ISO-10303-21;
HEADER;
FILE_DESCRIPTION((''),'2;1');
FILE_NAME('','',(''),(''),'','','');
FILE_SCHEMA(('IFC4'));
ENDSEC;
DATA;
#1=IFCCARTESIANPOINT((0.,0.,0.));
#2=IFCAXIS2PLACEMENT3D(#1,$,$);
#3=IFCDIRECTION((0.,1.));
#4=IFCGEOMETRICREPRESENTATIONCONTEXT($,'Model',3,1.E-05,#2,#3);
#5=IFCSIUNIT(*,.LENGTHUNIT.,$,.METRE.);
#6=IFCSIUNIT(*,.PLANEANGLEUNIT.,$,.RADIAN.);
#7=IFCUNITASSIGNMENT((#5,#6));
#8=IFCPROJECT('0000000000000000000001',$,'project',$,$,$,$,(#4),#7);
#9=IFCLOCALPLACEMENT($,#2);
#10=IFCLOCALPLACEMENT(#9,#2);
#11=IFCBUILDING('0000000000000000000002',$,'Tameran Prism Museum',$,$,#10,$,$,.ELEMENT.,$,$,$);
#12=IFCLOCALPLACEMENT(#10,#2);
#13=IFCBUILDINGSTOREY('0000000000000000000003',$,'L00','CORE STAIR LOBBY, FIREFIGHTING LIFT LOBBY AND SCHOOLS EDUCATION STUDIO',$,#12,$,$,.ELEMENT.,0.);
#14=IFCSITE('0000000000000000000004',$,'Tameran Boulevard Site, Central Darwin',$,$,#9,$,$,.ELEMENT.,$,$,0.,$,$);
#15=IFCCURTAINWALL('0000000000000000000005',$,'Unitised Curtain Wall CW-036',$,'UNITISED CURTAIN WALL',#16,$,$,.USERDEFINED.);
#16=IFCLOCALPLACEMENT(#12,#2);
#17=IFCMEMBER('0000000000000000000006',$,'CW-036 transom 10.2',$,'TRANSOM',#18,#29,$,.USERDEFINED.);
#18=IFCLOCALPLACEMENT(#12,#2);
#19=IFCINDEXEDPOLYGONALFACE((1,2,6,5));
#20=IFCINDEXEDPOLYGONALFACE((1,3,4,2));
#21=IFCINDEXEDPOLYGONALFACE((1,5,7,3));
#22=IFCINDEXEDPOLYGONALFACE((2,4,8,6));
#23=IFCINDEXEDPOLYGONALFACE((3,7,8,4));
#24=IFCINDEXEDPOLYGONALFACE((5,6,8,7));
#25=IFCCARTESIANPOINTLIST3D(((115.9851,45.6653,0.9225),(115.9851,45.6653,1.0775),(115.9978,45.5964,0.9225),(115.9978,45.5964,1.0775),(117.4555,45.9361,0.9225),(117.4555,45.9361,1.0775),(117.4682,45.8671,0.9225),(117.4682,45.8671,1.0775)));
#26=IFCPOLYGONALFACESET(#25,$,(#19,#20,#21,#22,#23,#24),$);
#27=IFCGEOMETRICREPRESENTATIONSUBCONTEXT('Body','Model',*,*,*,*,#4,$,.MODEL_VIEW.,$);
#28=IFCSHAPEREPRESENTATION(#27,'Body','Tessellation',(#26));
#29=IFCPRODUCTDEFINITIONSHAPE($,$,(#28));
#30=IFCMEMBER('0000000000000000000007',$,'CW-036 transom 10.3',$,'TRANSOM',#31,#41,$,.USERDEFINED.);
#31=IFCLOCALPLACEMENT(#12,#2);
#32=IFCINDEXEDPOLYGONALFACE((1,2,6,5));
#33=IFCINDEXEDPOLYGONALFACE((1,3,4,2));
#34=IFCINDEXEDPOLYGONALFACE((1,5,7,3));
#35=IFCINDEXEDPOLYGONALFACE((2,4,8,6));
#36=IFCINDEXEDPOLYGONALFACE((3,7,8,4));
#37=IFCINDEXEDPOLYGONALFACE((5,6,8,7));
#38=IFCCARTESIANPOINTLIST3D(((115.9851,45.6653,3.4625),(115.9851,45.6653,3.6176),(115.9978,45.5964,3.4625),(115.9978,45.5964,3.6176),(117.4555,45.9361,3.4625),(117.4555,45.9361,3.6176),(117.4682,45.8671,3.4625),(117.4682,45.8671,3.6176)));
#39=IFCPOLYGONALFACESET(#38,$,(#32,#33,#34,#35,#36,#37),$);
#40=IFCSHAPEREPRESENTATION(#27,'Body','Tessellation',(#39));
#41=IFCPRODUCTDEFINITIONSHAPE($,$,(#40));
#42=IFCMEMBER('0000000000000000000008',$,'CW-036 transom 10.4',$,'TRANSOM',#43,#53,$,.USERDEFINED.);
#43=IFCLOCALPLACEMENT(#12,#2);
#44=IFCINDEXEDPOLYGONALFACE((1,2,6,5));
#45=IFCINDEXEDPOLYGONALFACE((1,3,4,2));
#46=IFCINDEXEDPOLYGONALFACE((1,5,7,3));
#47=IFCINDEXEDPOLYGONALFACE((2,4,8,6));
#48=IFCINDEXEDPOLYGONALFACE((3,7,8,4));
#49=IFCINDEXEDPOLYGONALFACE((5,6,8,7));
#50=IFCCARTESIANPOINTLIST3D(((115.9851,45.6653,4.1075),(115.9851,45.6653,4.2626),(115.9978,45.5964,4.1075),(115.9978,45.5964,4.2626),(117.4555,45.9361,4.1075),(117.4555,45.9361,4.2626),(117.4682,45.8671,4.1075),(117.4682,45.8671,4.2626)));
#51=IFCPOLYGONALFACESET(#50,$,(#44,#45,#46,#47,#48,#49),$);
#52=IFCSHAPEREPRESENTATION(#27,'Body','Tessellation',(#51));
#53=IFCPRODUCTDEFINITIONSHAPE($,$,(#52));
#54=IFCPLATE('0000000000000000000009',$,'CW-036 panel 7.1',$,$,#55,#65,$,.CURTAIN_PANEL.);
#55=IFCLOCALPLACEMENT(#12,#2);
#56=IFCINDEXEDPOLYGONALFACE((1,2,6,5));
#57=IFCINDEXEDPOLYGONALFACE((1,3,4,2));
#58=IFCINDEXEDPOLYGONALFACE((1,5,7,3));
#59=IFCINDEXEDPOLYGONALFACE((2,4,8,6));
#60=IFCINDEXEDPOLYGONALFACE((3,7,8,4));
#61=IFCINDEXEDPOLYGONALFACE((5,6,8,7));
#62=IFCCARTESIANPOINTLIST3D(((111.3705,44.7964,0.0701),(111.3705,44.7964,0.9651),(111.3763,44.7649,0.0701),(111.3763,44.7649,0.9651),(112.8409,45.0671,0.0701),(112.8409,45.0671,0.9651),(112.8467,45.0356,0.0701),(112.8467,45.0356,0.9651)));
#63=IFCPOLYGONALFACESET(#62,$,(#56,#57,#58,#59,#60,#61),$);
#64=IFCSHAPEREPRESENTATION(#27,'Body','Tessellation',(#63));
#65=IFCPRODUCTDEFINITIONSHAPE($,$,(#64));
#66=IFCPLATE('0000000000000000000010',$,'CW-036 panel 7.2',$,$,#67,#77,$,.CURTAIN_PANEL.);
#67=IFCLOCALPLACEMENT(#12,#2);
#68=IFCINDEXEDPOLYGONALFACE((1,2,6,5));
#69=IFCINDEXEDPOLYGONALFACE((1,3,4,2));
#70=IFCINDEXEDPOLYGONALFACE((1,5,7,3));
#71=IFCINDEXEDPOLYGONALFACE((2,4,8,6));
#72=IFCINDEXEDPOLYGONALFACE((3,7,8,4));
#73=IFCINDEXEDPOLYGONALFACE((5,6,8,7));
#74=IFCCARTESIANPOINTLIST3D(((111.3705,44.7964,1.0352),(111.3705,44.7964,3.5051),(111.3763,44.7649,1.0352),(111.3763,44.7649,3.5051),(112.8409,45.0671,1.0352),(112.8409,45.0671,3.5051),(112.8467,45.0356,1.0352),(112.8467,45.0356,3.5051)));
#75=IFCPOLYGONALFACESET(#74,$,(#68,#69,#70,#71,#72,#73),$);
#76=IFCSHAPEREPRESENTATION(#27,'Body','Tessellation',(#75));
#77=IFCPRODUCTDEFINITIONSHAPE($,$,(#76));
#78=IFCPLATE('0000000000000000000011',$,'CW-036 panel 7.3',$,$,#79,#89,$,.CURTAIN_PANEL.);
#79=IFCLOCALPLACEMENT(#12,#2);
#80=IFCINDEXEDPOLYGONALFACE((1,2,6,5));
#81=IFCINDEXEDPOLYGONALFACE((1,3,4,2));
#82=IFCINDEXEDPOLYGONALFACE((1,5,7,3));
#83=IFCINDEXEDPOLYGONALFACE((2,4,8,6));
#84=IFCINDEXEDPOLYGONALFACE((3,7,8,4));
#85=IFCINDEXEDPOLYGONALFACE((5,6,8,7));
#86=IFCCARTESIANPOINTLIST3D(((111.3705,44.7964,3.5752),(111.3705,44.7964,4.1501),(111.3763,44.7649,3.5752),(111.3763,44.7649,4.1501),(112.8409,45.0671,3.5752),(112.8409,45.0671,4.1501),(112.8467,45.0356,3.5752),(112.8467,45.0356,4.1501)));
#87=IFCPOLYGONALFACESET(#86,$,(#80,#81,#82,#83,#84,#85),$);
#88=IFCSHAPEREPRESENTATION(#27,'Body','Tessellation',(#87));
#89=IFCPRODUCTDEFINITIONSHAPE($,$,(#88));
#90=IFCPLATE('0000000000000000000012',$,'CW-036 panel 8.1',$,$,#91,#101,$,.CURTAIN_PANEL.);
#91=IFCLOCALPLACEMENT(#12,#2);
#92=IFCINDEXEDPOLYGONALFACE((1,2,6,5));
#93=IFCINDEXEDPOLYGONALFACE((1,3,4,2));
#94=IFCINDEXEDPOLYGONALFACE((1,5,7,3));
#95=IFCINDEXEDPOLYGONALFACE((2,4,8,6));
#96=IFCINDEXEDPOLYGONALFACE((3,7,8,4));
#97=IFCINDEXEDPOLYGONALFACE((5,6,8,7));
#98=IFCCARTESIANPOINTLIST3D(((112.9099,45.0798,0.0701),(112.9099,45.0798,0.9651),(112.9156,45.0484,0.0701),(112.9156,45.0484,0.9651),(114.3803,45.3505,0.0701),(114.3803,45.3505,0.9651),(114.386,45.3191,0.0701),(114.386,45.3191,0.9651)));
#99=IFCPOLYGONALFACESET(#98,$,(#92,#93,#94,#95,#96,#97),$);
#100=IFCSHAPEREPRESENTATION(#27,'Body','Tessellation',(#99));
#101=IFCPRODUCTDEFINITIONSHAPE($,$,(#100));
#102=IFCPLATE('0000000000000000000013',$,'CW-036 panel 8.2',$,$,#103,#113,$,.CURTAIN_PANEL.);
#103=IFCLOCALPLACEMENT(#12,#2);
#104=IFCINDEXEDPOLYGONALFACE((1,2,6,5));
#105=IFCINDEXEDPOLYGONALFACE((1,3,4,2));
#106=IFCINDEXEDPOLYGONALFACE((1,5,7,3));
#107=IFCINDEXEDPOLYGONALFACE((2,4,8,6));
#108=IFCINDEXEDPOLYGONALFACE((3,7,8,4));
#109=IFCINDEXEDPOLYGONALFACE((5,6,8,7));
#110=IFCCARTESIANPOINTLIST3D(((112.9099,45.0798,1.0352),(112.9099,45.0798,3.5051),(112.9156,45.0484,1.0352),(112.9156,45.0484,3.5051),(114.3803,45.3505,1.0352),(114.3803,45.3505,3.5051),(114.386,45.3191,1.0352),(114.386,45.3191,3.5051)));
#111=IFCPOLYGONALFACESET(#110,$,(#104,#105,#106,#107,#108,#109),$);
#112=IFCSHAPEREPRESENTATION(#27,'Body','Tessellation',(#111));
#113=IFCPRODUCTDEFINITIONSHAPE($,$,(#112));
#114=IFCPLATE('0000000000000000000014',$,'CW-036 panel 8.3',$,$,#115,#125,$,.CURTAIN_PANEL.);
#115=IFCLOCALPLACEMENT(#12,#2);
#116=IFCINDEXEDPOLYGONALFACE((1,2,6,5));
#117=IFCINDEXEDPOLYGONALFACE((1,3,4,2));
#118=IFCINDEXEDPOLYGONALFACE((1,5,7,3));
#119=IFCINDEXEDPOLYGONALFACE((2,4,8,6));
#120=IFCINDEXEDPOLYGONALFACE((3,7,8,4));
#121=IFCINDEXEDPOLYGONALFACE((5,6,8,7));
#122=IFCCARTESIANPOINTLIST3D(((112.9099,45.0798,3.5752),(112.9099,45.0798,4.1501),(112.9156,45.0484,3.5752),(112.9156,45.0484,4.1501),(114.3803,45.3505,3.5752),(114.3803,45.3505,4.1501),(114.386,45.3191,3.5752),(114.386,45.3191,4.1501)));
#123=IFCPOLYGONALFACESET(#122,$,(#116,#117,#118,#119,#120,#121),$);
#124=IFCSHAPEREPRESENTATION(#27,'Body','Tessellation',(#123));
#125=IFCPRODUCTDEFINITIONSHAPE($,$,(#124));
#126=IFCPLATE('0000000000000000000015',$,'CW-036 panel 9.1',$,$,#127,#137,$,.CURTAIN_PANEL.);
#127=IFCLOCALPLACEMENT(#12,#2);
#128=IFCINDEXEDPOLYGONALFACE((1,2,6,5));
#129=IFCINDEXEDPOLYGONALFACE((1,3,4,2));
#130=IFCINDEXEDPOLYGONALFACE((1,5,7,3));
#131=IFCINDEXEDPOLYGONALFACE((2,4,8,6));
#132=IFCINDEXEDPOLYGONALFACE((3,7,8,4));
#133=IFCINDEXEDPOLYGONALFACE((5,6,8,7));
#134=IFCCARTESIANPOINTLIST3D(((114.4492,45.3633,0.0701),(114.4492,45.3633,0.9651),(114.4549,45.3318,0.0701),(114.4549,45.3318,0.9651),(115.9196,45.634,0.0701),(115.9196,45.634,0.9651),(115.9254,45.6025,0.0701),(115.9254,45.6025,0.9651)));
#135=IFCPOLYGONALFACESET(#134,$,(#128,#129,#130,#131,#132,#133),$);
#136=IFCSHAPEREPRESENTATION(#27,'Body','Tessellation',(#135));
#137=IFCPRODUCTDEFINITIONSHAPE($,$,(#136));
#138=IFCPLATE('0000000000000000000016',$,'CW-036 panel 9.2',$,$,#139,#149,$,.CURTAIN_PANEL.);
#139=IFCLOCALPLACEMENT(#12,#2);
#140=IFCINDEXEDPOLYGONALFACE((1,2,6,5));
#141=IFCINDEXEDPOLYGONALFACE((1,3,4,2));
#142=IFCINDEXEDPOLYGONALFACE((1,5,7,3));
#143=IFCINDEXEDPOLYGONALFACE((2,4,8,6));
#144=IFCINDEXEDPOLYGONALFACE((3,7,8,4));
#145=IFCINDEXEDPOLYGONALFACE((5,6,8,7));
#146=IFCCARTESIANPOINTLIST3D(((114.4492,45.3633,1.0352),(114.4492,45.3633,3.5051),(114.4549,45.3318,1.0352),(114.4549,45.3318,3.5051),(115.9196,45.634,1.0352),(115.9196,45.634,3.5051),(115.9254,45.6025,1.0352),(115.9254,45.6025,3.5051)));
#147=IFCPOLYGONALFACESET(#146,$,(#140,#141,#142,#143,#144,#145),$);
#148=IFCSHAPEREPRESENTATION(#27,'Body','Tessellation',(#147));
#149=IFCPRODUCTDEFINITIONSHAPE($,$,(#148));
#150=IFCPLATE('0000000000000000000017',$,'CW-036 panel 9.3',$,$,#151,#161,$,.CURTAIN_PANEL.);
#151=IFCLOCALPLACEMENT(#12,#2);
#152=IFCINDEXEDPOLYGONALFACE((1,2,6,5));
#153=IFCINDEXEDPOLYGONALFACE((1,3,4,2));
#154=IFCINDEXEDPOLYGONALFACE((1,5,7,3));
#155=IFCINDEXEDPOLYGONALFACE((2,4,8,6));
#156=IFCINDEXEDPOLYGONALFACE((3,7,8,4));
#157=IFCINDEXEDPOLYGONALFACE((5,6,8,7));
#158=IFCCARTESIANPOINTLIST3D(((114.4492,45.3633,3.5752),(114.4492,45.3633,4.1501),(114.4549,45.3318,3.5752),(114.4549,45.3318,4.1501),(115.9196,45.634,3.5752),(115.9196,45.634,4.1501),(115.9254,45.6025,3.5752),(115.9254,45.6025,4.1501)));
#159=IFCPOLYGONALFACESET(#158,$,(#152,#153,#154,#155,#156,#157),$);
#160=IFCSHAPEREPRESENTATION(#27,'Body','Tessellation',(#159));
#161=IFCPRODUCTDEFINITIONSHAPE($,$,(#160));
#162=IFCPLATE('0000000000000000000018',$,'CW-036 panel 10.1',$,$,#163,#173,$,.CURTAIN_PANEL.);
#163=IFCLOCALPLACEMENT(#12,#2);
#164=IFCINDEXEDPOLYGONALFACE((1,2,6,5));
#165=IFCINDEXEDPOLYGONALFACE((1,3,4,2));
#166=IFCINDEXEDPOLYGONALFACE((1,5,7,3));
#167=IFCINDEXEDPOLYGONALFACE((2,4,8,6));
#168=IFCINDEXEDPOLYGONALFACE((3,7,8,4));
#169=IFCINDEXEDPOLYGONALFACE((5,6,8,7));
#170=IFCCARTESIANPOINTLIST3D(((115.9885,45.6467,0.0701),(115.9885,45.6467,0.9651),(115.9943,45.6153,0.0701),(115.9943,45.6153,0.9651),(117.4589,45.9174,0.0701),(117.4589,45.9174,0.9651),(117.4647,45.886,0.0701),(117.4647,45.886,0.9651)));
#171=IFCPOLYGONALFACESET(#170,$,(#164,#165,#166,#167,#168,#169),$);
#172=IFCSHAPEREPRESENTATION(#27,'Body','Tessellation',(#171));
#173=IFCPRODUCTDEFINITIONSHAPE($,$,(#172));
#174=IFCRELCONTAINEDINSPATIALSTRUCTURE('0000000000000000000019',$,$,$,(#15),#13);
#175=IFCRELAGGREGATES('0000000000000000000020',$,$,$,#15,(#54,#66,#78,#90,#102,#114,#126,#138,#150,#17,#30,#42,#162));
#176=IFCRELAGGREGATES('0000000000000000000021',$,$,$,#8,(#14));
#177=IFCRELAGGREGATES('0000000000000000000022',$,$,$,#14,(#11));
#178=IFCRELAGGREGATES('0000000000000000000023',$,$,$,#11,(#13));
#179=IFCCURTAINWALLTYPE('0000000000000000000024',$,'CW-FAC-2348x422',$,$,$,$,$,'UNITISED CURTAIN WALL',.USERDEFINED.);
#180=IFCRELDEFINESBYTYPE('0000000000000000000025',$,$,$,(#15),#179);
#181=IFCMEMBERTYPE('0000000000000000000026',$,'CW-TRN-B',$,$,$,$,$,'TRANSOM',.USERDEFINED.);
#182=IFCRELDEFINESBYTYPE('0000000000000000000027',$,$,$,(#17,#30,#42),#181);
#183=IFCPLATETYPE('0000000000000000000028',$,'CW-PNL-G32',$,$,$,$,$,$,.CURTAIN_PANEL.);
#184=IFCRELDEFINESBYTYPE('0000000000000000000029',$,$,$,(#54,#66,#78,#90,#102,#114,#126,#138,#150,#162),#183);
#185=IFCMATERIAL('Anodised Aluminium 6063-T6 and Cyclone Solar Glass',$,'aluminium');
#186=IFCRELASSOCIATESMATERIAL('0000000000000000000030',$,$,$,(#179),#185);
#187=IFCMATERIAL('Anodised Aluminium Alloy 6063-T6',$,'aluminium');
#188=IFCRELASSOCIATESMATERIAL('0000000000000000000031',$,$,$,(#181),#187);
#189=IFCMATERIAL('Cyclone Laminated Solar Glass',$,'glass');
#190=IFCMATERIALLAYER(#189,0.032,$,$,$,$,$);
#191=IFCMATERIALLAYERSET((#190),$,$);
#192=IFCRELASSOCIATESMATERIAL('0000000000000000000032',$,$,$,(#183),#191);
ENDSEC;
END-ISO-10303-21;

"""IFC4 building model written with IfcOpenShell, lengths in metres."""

from ifc_helpers import new_model, si_unit, direction, frame, origin, origin_2d, place, context, subcontext, project, spatial, rectangle, extrude, material, layer, layer_set, material_profile, profile_set, type_object, element, aggregate, save


model = new_model("IFC4")

# Units and contexts
model_context = context("Model", 3, precision=1e-05, world=origin(), true_north=direction((0.0, 1.0)))
body_context = subcontext(model_context, "Body", "Model", "MODEL_VIEW")
ifc_project = project(units=[si_unit("LENGTHUNIT", "METRE"), si_unit("PLANEANGLEUNIT", "RADIAN")], contexts=[model_context])

# Site, building, storey
site_placement = place(None, origin())
site = spatial("IfcSite", under=ifc_project, at=site_placement, Name="Tameran Boulevard Site, Central Darwin", CompositionType="ELEMENT", RefElevation=0.0)
building_placement = place(site_placement, origin())
building = spatial("IfcBuilding", under=site, at=building_placement, Name="Tameran Prism Museum", CompositionType="ELEMENT")
storey_placement = place(building_placement, origin())
storey = spatial("IfcBuildingStorey", under=building, at=storey_placement, Name="L00", Description="CORE STAIR LOBBY, FIREFIGHTING LIFT LOBBY AND SCHOOLS EDUCATION STUDIO", CompositionType="ELEMENT", Elevation=0.0)

# Curtain wall, members, plates
ifc_material_1 = material(Name="Anodised Aluminium 6063-T6 and Cyclone Solar Glass", Category="aluminium")
curtain_wall_type = type_object("IfcCurtainWallType", Name="CW-FAC-2348x422", ElementType="UNITISED CURTAIN WALL", PredefinedType="USERDEFINED", material=ifc_material_1)
curtain_wall_placement = place(storey_placement, origin())
curtain_wall = element("IfcCurtainWall", 1, at=curtain_wall_placement, inside=storey, type_object=curtain_wall_type, Name="Unitised Curtain Wall CW-036", ObjectType="UNITISED CURTAIN WALL", PredefinedType="USERDEFINED")
ifc_material_2 = material(Name="Anodised Aluminium Alloy 6063-T6", Category="aluminium")
ifc_material_profile_1 = material_profile(ifc_material_2, rectangle(XDim=0.0701, YDim=0.155, at=origin_2d()))
ifc_profile_set_1 = profile_set([ifc_material_profile_1])
member_type_1 = type_object("IfcMemberType", Name="CW-TRN-B", ElementType="TRANSOM", PredefinedType="USERDEFINED", material=ifc_profile_set_1)
member_1_placement = place(storey_placement, frame((115.9915, 45.6309, 1.0), z_axis=(0.983468, 0.181083, 0.0), x_axis=(-0.181083, 0.983468, 0.0)))
member_1 = element("IfcMember", 2, at=member_1_placement, type_object=member_type_1, Name="CW-036 transom 10.2", ObjectType="TRANSOM", PredefinedType="USERDEFINED", context=body_context, shape_type="SweptSolid", body=[
    extrude(rectangle(XDim=0.0701, YDim=0.155, at=origin_2d()), origin(), (0.0, 0.0, 1.0), 1.4951),
])
member_2_placement = place(storey_placement, frame((115.9915, 45.6309, 3.54), z_axis=(0.983468, 0.181083, 0.0), x_axis=(-0.181083, 0.983468, 0.0)))
member_2 = element("IfcMember", 3, at=member_2_placement, type_object=member_type_1, Name="CW-036 transom 10.3", ObjectType="TRANSOM", PredefinedType="USERDEFINED", context=body_context, shape_type="SweptSolid", body=[
    extrude(rectangle(XDim=0.0701, YDim=0.155, at=origin_2d()), origin(), (0.0, 0.0, 1.0), 1.4951),
])
member_3_placement = place(storey_placement, frame((115.9915, 45.6309, 4.1851), z_axis=(0.983468, 0.181083, 0.0), x_axis=(-0.181083, 0.983468, 0.0)))
member_3 = element("IfcMember", 4, at=member_3_placement, type_object=member_type_1, Name="CW-036 transom 10.4", ObjectType="TRANSOM", PredefinedType="USERDEFINED", context=body_context, shape_type="SweptSolid", body=[
    extrude(rectangle(XDim=0.0701, YDim=0.155, at=origin_2d()), origin(), (0.0, 0.0, 1.0), 1.4951),
])
ifc_material_3 = material(Name="Cyclone Laminated Solar Glass", Category="glass")
ifc_layer = layer(ifc_material_3, 0.032)
ifc_layer_set = layer_set([ifc_layer])
plate_type = type_object("IfcPlateType", Name="CW-PNL-G32", PredefinedType="CURTAIN_PANEL", material=ifc_layer_set)
plate_1_placement = place(storey_placement, frame((112.1086, 44.916, 0.0701), z_axis=(0.0, 0.0, 1.0), x_axis=(0.983472, 0.181063, 0.0)))
plate_1 = element("IfcPlate", 5, at=plate_1_placement, type_object=plate_type, Name="CW-036 panel 7.1", PredefinedType="CURTAIN_PANEL", context=body_context, shape_type="SweptSolid", body=[
    extrude(rectangle(XDim=1.4951, YDim=0.032, at=origin_2d()), origin(), (0.0, 0.0, 1.0), 0.895),
])
plate_2_placement = place(storey_placement, frame((112.1086, 44.916, 1.0352), z_axis=(0.0, 0.0, 1.0), x_axis=(0.983472, 0.181063, 0.0)))
plate_2 = element("IfcPlate", 6, at=plate_2_placement, type_object=plate_type, Name="CW-036 panel 7.2", PredefinedType="CURTAIN_PANEL", context=body_context, shape_type="SweptSolid", body=[
    extrude(rectangle(XDim=1.4951, YDim=0.032, at=origin_2d()), origin(), (0.0, 0.0, 1.0), 2.47),
])
plate_3_placement = place(storey_placement, frame((112.1086, 44.916, 3.5752), z_axis=(0.0, 0.0, 1.0), x_axis=(0.983472, 0.181063, 0.0)))
plate_3 = element("IfcPlate", 7, at=plate_3_placement, type_object=plate_type, Name="CW-036 panel 7.3", PredefinedType="CURTAIN_PANEL", context=body_context, shape_type="SweptSolid", body=[
    extrude(rectangle(XDim=1.4951, YDim=0.032, at=origin_2d()), origin(), (0.0, 0.0, 1.0), 0.575),
])
plate_4_placement = place(storey_placement, frame((113.6479, 45.1995, 0.0701), z_axis=(0.0, 0.0, 1.0), x_axis=(0.983472, 0.181063, 0.0)))
plate_4 = element("IfcPlate", 8, at=plate_4_placement, type_object=plate_type, Name="CW-036 panel 8.1", PredefinedType="CURTAIN_PANEL", context=body_context, shape_type="SweptSolid", body=[
    extrude(rectangle(XDim=1.4951, YDim=0.032, at=origin_2d()), origin(), (0.0, 0.0, 1.0), 0.895),
])
plate_5_placement = place(storey_placement, frame((113.6479, 45.1995, 1.0352), z_axis=(0.0, 0.0, 1.0), x_axis=(0.983472, 0.181063, 0.0)))
plate_5 = element("IfcPlate", 9, at=plate_5_placement, type_object=plate_type, Name="CW-036 panel 8.2", PredefinedType="CURTAIN_PANEL", context=body_context, shape_type="SweptSolid", body=[
    extrude(rectangle(XDim=1.4951, YDim=0.032, at=origin_2d()), origin(), (0.0, 0.0, 1.0), 2.47),
])
plate_6_placement = place(storey_placement, frame((113.6479, 45.1995, 3.5752), z_axis=(0.0, 0.0, 1.0), x_axis=(0.983472, 0.181063, 0.0)))
plate_6 = element("IfcPlate", 10, at=plate_6_placement, type_object=plate_type, Name="CW-036 panel 8.3", PredefinedType="CURTAIN_PANEL", context=body_context, shape_type="SweptSolid", body=[
    extrude(rectangle(XDim=1.4951, YDim=0.032, at=origin_2d()), origin(), (0.0, 0.0, 1.0), 0.575),
])
plate_7_placement = place(storey_placement, frame((115.1873, 45.4829, 0.0701), z_axis=(0.0, 0.0, 1.0), x_axis=(0.983472, 0.181063, 0.0)))
plate_7 = element("IfcPlate", 11, at=plate_7_placement, type_object=plate_type, Name="CW-036 panel 9.1", PredefinedType="CURTAIN_PANEL", context=body_context, shape_type="SweptSolid", body=[
    extrude(rectangle(XDim=1.4951, YDim=0.032, at=origin_2d()), origin(), (0.0, 0.0, 1.0), 0.895),
])
plate_8_placement = place(storey_placement, frame((115.1873, 45.4829, 1.0352), z_axis=(0.0, 0.0, 1.0), x_axis=(0.983472, 0.181063, 0.0)))
plate_8 = element("IfcPlate", 12, at=plate_8_placement, type_object=plate_type, Name="CW-036 panel 9.2", PredefinedType="CURTAIN_PANEL", context=body_context, shape_type="SweptSolid", body=[
    extrude(rectangle(XDim=1.4951, YDim=0.032, at=origin_2d()), origin(), (0.0, 0.0, 1.0), 2.47),
])
plate_9_placement = place(storey_placement, frame((115.1873, 45.4829, 3.5752), z_axis=(0.0, 0.0, 1.0), x_axis=(0.983472, 0.181063, 0.0)))
plate_9 = element("IfcPlate", 13, at=plate_9_placement, type_object=plate_type, Name="CW-036 panel 9.3", PredefinedType="CURTAIN_PANEL", context=body_context, shape_type="SweptSolid", body=[
    extrude(rectangle(XDim=1.4951, YDim=0.032, at=origin_2d()), origin(), (0.0, 0.0, 1.0), 0.575),
])
plate_10_placement = place(storey_placement, frame((116.7266, 45.7664, 0.0701), z_axis=(0.0, 0.0, 1.0), x_axis=(0.983472, 0.181063, 0.0)))
plate_10 = element("IfcPlate", 14, at=plate_10_placement, type_object=plate_type, Name="CW-036 panel 10.1", PredefinedType="CURTAIN_PANEL", context=body_context, shape_type="SweptSolid", body=[
    extrude(rectangle(XDim=1.4951, YDim=0.032, at=origin_2d()), origin(), (0.0, 0.0, 1.0), 0.895),
])
aggregate(curtain_wall, [plate_1, plate_2, plate_3, plate_4, plate_5, plate_6, plate_7, plate_8, plate_9, member_1, member_2, member_3, plate_10])

save(model, "model.ifc")
